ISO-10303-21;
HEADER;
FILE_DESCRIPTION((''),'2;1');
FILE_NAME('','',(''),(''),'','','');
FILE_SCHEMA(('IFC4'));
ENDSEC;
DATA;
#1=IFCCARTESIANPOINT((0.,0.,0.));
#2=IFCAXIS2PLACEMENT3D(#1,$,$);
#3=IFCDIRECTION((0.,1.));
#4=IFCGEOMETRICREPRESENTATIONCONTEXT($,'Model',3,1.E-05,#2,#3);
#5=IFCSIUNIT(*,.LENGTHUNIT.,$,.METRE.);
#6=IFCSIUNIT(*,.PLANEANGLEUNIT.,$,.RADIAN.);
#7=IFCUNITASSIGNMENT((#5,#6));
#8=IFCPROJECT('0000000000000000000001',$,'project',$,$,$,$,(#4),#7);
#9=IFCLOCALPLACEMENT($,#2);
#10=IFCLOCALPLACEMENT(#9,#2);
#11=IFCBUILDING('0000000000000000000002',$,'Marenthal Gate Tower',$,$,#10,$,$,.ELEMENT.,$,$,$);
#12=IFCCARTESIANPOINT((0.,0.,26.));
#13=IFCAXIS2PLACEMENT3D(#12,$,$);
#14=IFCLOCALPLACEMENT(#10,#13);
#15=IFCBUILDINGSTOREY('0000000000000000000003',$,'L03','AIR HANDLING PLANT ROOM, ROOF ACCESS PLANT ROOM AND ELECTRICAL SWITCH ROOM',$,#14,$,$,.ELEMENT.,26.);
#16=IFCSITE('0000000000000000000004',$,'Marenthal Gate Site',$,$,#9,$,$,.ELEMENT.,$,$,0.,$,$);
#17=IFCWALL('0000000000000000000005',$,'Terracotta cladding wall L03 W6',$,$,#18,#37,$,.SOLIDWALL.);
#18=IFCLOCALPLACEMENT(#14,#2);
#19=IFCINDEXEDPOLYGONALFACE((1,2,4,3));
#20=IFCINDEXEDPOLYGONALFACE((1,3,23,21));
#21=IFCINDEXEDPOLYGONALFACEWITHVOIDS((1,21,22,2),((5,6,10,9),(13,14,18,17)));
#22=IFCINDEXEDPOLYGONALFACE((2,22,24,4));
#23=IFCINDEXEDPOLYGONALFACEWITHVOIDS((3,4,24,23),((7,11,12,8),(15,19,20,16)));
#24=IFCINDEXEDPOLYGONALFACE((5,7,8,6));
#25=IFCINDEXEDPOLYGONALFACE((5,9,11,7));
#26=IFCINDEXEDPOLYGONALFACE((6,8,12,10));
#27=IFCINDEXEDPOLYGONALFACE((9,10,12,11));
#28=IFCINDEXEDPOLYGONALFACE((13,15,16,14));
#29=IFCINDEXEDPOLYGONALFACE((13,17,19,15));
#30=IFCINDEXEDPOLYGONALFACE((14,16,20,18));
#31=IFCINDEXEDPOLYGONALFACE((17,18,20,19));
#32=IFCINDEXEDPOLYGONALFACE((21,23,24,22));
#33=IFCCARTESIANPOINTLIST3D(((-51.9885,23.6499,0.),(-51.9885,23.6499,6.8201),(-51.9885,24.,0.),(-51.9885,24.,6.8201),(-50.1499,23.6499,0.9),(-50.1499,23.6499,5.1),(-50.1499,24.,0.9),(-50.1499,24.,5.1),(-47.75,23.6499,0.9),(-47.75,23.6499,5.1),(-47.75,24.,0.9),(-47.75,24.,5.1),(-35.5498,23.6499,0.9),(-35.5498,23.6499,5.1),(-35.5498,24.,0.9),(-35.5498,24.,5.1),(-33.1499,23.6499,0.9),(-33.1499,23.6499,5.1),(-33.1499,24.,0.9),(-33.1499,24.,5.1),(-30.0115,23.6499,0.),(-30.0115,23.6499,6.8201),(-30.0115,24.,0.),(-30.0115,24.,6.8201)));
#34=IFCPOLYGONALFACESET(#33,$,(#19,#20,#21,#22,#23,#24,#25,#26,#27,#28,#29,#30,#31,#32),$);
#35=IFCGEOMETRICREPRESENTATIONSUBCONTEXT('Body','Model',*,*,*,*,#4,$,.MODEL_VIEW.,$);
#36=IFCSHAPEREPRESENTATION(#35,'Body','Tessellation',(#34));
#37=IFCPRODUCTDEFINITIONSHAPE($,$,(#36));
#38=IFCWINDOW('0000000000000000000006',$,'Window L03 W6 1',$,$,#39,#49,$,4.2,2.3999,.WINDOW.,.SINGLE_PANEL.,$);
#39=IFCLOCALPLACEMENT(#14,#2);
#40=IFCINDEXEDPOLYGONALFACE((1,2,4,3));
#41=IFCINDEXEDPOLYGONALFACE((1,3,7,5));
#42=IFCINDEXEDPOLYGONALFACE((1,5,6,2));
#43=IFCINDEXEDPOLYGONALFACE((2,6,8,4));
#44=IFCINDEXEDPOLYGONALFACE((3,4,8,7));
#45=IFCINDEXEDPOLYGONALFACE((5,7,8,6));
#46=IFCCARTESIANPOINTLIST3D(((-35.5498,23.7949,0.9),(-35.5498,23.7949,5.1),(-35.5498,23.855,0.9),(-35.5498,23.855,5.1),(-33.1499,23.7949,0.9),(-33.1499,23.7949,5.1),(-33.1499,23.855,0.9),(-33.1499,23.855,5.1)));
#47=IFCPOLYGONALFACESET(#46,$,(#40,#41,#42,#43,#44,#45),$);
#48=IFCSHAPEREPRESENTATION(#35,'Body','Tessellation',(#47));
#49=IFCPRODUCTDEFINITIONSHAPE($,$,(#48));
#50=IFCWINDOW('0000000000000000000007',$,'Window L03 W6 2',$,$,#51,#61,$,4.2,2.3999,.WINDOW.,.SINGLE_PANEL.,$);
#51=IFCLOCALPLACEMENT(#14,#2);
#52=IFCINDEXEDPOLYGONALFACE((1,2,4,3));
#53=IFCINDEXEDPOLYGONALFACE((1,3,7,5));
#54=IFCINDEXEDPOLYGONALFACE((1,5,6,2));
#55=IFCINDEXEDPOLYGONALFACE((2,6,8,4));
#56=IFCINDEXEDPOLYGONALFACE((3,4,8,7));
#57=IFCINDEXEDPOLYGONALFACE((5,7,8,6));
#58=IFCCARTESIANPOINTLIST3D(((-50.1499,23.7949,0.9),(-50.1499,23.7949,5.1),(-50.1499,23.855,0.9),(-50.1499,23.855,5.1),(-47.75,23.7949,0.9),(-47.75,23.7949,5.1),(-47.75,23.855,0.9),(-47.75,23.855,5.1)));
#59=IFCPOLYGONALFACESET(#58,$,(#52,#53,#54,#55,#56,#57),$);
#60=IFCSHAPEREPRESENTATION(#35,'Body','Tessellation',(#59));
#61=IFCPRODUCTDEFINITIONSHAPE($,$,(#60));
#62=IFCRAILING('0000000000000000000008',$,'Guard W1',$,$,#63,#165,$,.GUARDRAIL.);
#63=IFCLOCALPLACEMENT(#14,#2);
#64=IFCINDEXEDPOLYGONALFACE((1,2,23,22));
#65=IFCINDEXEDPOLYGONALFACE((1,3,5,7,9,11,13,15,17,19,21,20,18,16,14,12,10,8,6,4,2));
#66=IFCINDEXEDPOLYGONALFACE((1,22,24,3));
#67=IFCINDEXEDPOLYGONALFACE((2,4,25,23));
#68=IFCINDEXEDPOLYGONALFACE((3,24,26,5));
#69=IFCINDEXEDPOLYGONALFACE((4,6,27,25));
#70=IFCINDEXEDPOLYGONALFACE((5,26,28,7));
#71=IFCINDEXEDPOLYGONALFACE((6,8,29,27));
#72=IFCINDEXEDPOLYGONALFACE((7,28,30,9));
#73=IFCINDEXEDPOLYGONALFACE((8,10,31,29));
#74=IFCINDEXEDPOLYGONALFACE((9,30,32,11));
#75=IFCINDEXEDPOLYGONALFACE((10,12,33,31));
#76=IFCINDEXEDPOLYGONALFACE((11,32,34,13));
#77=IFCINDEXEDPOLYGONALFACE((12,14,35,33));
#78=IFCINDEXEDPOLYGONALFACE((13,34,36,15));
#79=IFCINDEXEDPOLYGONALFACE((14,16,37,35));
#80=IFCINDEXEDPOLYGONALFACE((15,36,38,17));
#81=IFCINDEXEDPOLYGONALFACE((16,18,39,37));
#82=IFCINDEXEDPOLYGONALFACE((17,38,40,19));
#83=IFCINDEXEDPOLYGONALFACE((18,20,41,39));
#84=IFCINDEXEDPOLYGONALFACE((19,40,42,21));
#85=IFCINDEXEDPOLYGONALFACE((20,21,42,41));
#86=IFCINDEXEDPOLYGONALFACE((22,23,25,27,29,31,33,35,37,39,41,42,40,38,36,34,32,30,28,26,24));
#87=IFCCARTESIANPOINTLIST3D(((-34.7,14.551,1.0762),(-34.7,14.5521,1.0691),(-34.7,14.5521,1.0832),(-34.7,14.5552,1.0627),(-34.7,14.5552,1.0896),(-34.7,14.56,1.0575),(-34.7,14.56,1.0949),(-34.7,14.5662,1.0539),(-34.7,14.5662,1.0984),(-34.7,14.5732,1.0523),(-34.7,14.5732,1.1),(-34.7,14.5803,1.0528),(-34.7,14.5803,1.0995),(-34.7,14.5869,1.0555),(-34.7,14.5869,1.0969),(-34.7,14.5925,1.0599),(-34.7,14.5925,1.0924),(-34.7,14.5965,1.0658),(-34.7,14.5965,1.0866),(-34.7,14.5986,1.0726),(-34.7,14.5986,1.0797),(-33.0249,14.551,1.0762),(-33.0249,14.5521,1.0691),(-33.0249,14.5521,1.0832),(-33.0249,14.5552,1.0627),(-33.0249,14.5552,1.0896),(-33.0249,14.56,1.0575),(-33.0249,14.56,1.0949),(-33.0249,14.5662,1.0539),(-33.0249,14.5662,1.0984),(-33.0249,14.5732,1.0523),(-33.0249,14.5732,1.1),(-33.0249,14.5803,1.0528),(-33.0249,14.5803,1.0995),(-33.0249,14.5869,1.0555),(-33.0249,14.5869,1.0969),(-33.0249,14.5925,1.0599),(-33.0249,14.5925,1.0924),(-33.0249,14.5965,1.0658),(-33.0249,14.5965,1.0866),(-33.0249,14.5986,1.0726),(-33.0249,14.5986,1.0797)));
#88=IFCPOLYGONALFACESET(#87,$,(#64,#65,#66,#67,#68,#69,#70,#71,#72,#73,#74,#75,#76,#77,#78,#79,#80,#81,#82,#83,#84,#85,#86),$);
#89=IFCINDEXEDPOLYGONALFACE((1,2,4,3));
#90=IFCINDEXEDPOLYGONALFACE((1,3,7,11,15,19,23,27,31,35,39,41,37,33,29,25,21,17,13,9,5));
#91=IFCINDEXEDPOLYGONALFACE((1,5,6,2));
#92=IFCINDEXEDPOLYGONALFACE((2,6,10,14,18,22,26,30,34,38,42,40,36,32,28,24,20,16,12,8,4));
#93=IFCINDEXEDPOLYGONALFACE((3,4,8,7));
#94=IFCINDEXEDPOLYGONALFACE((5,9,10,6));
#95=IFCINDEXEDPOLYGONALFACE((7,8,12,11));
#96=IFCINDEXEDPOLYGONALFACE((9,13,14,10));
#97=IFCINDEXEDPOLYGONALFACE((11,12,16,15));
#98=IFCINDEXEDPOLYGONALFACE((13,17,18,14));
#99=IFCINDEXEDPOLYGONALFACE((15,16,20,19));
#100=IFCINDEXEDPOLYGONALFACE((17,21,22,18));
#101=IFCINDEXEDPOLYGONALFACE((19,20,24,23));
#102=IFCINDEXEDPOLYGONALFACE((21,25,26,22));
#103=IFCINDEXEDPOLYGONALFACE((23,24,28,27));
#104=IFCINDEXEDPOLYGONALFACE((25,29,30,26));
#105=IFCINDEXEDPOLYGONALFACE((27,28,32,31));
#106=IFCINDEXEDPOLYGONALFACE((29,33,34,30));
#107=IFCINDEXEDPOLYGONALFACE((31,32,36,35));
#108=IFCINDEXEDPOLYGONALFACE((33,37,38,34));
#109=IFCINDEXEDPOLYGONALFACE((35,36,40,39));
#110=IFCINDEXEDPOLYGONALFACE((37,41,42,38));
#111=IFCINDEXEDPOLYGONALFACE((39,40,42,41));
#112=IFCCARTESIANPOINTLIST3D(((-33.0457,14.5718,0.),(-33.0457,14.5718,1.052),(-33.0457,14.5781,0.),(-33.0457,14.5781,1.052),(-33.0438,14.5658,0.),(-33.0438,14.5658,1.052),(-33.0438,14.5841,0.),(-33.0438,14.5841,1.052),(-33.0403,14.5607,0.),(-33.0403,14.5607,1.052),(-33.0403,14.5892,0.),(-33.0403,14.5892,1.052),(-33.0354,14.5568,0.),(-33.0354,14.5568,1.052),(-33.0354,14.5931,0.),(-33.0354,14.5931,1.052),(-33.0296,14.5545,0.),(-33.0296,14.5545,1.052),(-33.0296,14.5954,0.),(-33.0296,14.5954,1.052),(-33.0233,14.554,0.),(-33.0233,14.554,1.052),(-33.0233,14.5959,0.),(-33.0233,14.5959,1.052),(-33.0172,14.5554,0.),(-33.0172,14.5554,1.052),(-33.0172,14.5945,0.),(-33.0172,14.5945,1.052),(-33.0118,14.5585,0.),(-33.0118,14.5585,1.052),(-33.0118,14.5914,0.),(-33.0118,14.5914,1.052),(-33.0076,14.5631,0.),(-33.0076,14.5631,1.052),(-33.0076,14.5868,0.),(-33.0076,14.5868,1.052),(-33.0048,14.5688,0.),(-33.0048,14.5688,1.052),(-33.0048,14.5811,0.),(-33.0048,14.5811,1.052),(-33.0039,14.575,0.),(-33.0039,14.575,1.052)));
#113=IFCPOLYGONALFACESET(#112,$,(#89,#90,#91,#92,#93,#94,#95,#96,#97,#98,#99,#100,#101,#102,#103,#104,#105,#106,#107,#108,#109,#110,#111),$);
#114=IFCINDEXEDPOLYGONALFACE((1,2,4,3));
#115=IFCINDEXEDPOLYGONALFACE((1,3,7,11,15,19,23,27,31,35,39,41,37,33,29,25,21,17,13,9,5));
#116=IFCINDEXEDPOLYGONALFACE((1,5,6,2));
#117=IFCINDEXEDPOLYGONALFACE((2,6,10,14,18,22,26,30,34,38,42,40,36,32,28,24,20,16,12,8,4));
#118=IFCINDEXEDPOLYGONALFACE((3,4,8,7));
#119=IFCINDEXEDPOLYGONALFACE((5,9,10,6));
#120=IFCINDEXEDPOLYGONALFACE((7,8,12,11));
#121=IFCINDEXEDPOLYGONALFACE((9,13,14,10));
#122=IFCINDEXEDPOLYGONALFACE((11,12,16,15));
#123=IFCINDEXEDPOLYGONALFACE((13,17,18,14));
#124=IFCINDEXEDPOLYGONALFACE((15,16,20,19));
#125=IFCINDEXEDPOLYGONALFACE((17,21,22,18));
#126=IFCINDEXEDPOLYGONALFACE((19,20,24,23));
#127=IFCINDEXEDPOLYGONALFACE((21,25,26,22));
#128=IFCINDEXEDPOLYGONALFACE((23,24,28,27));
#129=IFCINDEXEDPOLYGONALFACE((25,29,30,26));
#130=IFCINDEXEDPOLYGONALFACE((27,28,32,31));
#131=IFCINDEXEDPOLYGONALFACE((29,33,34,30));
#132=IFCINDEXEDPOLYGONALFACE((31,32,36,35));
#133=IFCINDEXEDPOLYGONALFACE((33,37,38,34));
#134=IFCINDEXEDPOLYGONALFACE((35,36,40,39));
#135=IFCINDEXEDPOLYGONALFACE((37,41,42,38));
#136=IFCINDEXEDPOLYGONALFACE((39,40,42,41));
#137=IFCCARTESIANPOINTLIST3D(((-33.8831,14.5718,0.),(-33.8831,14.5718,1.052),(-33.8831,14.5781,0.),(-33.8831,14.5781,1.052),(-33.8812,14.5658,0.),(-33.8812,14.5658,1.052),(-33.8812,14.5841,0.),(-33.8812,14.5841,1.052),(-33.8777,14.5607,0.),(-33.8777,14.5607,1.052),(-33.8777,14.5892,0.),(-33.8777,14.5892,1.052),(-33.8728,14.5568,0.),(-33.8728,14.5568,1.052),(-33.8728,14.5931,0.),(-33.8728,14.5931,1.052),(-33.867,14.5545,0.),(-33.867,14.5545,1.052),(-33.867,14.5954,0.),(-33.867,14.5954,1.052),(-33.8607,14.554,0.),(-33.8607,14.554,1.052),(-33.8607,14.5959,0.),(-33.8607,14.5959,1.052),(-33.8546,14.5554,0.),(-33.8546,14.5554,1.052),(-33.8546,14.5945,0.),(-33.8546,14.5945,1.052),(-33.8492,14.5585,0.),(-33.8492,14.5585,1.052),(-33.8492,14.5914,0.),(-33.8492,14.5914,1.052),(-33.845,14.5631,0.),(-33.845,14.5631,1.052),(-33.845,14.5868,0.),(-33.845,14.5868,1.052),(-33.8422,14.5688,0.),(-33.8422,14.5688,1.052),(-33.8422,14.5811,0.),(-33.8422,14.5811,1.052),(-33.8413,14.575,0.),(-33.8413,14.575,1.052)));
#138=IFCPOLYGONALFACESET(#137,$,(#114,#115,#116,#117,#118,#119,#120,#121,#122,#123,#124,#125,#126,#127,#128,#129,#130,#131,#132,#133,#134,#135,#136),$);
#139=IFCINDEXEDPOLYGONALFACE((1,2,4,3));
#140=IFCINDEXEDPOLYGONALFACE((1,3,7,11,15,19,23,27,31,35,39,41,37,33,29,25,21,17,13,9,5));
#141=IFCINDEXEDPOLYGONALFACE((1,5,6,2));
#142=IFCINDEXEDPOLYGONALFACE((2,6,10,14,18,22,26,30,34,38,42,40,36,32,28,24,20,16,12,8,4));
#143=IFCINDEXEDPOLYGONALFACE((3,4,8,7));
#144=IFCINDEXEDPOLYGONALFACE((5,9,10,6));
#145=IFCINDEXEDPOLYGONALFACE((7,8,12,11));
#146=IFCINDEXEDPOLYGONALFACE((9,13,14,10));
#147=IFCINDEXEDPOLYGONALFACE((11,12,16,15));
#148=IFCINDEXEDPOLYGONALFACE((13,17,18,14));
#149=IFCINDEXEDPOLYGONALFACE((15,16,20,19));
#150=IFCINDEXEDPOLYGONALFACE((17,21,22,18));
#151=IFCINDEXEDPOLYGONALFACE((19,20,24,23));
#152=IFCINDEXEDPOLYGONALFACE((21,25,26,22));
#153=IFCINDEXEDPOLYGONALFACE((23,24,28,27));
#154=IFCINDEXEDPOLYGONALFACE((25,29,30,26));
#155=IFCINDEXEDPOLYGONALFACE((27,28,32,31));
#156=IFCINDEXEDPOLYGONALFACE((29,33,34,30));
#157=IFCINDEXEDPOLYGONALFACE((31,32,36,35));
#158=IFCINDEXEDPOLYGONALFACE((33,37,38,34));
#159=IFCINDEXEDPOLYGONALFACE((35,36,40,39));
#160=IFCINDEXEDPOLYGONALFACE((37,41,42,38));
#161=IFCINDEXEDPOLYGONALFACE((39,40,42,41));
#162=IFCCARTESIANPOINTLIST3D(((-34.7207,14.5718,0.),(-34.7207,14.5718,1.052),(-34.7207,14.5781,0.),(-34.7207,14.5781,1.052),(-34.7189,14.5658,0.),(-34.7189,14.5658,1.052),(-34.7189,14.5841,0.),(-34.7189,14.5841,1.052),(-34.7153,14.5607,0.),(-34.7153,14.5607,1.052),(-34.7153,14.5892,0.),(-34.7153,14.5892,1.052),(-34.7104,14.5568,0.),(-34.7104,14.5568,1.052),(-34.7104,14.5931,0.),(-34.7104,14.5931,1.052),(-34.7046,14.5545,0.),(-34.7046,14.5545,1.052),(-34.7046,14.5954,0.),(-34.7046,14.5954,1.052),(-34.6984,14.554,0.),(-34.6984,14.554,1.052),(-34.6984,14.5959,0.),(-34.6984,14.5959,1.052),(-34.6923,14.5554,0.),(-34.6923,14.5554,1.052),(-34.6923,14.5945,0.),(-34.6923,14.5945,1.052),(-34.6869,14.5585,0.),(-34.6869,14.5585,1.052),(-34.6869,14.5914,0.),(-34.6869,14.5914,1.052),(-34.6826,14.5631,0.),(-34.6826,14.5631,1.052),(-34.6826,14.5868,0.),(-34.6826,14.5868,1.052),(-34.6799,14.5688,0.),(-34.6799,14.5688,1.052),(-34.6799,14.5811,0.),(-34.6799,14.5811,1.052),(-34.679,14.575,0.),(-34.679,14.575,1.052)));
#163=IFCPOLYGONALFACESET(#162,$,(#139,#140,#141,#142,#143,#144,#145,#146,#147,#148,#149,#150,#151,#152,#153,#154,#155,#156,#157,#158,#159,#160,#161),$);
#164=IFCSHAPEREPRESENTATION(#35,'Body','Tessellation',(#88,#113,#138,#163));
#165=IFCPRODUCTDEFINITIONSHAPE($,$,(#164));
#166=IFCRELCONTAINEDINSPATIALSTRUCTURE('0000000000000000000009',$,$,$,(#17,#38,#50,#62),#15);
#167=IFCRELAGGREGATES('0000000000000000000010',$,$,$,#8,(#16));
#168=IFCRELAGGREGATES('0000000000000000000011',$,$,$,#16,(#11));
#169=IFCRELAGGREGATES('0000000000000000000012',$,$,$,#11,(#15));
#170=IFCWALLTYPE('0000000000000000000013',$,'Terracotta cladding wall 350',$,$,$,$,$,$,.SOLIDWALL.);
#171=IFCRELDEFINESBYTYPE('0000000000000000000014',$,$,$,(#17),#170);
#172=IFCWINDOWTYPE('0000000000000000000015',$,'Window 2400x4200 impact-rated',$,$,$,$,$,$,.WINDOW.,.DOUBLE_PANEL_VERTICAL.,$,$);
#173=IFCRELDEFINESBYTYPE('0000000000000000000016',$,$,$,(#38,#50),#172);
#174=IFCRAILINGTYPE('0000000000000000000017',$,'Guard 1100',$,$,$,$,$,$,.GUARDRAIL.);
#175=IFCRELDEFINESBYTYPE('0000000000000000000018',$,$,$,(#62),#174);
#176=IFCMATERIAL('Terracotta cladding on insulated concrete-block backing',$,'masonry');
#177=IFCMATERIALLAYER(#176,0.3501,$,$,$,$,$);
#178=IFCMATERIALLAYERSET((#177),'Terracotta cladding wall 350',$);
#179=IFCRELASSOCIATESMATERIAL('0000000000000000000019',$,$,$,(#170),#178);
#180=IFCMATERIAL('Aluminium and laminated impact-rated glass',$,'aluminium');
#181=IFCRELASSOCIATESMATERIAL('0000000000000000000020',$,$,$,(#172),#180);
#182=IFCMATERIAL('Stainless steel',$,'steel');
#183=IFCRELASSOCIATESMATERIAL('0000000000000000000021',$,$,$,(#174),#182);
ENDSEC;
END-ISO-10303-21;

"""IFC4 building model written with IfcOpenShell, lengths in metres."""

from ifc_helpers import new_model, si_unit, direction, frame, frame_2d, origin, origin_2d, place, context, subcontext, project, spatial, rectangle, circle, extrude, material, layer, layer_set, type_object, element, fill, save


model = new_model("IFC4")

# Units and contexts
model_context = context("Model", 3, precision=1e-05, world=origin(), true_north=direction((0.0, 1.0)))
body_context = subcontext(model_context, "Body", "Model", "MODEL_VIEW")
ifc_project = project(units=[si_unit("LENGTHUNIT", "METRE"), si_unit("PLANEANGLEUNIT", "RADIAN")], contexts=[model_context])

# Site, building, storey
site_placement = place(None, origin())
site = spatial("IfcSite", under=ifc_project, at=site_placement, Name="Marenthal Gate Site", CompositionType="ELEMENT", RefElevation=0.0)
building_placement = place(site_placement, origin())
building = spatial("IfcBuilding", under=site, at=building_placement, Name="Marenthal Gate Tower", CompositionType="ELEMENT")
storey_placement = place(building_placement, frame((0.0, 0.0, 26.0)))
storey = spatial("IfcBuildingStorey", under=building, at=storey_placement, Name="L03", Description="AIR HANDLING PLANT ROOM, ROOF ACCESS PLANT ROOM AND ELECTRICAL SWITCH ROOM", CompositionType="ELEMENT", Elevation=26.0)

# Wall, openings, windows
ifc_material_1 = material(Name="Terracotta cladding on insulated concrete-block backing", Category="masonry")
ifc_layer_1 = layer(ifc_material_1, 0.3501)
ifc_layer_set_1 = layer_set([ifc_layer_1], Name="Terracotta cladding wall 350")
wall_type_1 = type_object("IfcWallType", Name="Terracotta cladding wall 350", PredefinedType="SOLIDWALL", material=ifc_layer_set_1)
wall_1_placement = place(storey_placement, frame((-30.0115, 23.825, 0.0), z_axis=(0.0, 0.0, 1.0), x_axis=(-1.0, 0.0, 0.0)))
wall_1 = element("IfcWall", 1, at=wall_1_placement, inside=storey, type_object=wall_type_1, Name="Terracotta cladding wall L03 W6", PredefinedType="SOLIDWALL", context=body_context, shape_type="SweptSolid", body=[
    extrude(rectangle(XDim=21.9771, YDim=0.3501, at=frame_2d((10.9885, 0.0))), origin(), (0.0, 0.0, 1.0), 6.8201),
])
opening_1_placement = place(wall_1_placement, frame((3.1384, 0.0, 0.8999)))
opening_1 = element("IfcOpeningElement", 2, at=opening_1_placement, cuts=wall_1, PredefinedType="OPENING", context=body_context, shape_type="SweptSolid", body=[
    extrude(rectangle(XDim=2.3999, YDim=4.2, at=frame_2d((1.2, 2.1001))), frame((0.0, 0.1851, 0.0), z_axis=(0.0, -1.0, 0.0), x_axis=(1.0, 0.0, 0.0)), (0.0, 0.0, 1.0), 0.3701),
])
opening_2_placement = place(wall_1_placement, frame((17.7385, 0.0, 0.8999)))
opening_2 = element("IfcOpeningElement", 3, at=opening_2_placement, cuts=wall_1, PredefinedType="OPENING", context=body_context, shape_type="SweptSolid", body=[
    extrude(rectangle(XDim=2.3999, YDim=4.2, at=frame_2d((1.2, 2.1001))), frame((0.0, 0.1851, 0.0), z_axis=(0.0, -1.0, 0.0), x_axis=(1.0, 0.0, 0.0)), (0.0, 0.0, 1.0), 0.3701),
])
ifc_material_2 = material(Name="Aluminium and laminated impact-rated glass", Category="aluminium")
window_type = type_object("IfcWindowType", Name="Window 2400x4200 impact-rated", PartitioningType="DOUBLE_PANEL_VERTICAL", PredefinedType="WINDOW", material=ifc_material_2)
window_1_placement = place(opening_1_placement, origin())
window_1 = element("IfcWindow", 4, at=window_1_placement, inside=storey, type_object=window_type, Name="Window L03 W6 1", OverallHeight=4.2, OverallWidth=2.3999, PartitioningType="SINGLE_PANEL", PredefinedType="WINDOW", context=body_context, shape_type="SweptSolid", body=[
    extrude(rectangle(XDim=2.3999, YDim=4.2, at=frame_2d((1.2, 2.1001))), frame((0.0, 0.03, 0.0), z_axis=(0.0, -1.0, 0.0), x_axis=(1.0, 0.0, 0.0)), (0.0, 0.0, 1.0), 0.0601),
])
fill(opening_1, window_1)
window_2_placement = place(opening_2_placement, origin())
window_2 = element("IfcWindow", 5, at=window_2_placement, inside=storey, type_object=window_type, Name="Window L03 W6 2", OverallHeight=4.2, OverallWidth=2.3999, PartitioningType="SINGLE_PANEL", PredefinedType="WINDOW", context=body_context, shape_type="SweptSolid", body=[
    extrude(rectangle(XDim=2.3999, YDim=4.2, at=frame_2d((1.2, 2.1001))), frame((0.0, 0.03, 0.0), z_axis=(0.0, -1.0, 0.0), x_axis=(1.0, 0.0, 0.0)), (0.0, 0.0, 1.0), 0.0601),
])
fill(opening_2, window_2)

# Railing
ifc_material_3 = material(Name="Stainless steel", Category="steel")
railing_type = type_object("IfcRailingType", Name="Guard 1100", PredefinedType="GUARDRAIL", material=ifc_material_3)
railing_placement = place(storey_placement, frame((-33.0249, 14.575, 0.0)))
element("IfcRailing", 6, at=railing_placement, inside=storey, type_object=railing_type, Name="Guard W1", PredefinedType="GUARDRAIL", context=body_context, shape_type="SweptSolid", body=[
    extrude(circle(Radius=0.0239, at=origin_2d()), frame((0.0, 0.0, 1.0762), z_axis=(-1.0, 0.0, 0.0), x_axis=(0.0, -1.0, 0.0)), (0.0, 0.0, 1.0), 1.675),
    extrude(circle(Radius=0.021, at=origin_2d()), origin(), (0.0, 0.0, 1.0), 1.052),
    extrude(circle(Radius=0.021, at=origin_2d()), frame((-0.8374, 0.0, 0.0)), (0.0, 0.0, 1.0), 1.052),
    extrude(circle(Radius=0.021, at=origin_2d()), frame((-1.675, 0.0, 0.0)), (0.0, 0.0, 1.0), 1.052),
])

save(model, "model.ifc")
